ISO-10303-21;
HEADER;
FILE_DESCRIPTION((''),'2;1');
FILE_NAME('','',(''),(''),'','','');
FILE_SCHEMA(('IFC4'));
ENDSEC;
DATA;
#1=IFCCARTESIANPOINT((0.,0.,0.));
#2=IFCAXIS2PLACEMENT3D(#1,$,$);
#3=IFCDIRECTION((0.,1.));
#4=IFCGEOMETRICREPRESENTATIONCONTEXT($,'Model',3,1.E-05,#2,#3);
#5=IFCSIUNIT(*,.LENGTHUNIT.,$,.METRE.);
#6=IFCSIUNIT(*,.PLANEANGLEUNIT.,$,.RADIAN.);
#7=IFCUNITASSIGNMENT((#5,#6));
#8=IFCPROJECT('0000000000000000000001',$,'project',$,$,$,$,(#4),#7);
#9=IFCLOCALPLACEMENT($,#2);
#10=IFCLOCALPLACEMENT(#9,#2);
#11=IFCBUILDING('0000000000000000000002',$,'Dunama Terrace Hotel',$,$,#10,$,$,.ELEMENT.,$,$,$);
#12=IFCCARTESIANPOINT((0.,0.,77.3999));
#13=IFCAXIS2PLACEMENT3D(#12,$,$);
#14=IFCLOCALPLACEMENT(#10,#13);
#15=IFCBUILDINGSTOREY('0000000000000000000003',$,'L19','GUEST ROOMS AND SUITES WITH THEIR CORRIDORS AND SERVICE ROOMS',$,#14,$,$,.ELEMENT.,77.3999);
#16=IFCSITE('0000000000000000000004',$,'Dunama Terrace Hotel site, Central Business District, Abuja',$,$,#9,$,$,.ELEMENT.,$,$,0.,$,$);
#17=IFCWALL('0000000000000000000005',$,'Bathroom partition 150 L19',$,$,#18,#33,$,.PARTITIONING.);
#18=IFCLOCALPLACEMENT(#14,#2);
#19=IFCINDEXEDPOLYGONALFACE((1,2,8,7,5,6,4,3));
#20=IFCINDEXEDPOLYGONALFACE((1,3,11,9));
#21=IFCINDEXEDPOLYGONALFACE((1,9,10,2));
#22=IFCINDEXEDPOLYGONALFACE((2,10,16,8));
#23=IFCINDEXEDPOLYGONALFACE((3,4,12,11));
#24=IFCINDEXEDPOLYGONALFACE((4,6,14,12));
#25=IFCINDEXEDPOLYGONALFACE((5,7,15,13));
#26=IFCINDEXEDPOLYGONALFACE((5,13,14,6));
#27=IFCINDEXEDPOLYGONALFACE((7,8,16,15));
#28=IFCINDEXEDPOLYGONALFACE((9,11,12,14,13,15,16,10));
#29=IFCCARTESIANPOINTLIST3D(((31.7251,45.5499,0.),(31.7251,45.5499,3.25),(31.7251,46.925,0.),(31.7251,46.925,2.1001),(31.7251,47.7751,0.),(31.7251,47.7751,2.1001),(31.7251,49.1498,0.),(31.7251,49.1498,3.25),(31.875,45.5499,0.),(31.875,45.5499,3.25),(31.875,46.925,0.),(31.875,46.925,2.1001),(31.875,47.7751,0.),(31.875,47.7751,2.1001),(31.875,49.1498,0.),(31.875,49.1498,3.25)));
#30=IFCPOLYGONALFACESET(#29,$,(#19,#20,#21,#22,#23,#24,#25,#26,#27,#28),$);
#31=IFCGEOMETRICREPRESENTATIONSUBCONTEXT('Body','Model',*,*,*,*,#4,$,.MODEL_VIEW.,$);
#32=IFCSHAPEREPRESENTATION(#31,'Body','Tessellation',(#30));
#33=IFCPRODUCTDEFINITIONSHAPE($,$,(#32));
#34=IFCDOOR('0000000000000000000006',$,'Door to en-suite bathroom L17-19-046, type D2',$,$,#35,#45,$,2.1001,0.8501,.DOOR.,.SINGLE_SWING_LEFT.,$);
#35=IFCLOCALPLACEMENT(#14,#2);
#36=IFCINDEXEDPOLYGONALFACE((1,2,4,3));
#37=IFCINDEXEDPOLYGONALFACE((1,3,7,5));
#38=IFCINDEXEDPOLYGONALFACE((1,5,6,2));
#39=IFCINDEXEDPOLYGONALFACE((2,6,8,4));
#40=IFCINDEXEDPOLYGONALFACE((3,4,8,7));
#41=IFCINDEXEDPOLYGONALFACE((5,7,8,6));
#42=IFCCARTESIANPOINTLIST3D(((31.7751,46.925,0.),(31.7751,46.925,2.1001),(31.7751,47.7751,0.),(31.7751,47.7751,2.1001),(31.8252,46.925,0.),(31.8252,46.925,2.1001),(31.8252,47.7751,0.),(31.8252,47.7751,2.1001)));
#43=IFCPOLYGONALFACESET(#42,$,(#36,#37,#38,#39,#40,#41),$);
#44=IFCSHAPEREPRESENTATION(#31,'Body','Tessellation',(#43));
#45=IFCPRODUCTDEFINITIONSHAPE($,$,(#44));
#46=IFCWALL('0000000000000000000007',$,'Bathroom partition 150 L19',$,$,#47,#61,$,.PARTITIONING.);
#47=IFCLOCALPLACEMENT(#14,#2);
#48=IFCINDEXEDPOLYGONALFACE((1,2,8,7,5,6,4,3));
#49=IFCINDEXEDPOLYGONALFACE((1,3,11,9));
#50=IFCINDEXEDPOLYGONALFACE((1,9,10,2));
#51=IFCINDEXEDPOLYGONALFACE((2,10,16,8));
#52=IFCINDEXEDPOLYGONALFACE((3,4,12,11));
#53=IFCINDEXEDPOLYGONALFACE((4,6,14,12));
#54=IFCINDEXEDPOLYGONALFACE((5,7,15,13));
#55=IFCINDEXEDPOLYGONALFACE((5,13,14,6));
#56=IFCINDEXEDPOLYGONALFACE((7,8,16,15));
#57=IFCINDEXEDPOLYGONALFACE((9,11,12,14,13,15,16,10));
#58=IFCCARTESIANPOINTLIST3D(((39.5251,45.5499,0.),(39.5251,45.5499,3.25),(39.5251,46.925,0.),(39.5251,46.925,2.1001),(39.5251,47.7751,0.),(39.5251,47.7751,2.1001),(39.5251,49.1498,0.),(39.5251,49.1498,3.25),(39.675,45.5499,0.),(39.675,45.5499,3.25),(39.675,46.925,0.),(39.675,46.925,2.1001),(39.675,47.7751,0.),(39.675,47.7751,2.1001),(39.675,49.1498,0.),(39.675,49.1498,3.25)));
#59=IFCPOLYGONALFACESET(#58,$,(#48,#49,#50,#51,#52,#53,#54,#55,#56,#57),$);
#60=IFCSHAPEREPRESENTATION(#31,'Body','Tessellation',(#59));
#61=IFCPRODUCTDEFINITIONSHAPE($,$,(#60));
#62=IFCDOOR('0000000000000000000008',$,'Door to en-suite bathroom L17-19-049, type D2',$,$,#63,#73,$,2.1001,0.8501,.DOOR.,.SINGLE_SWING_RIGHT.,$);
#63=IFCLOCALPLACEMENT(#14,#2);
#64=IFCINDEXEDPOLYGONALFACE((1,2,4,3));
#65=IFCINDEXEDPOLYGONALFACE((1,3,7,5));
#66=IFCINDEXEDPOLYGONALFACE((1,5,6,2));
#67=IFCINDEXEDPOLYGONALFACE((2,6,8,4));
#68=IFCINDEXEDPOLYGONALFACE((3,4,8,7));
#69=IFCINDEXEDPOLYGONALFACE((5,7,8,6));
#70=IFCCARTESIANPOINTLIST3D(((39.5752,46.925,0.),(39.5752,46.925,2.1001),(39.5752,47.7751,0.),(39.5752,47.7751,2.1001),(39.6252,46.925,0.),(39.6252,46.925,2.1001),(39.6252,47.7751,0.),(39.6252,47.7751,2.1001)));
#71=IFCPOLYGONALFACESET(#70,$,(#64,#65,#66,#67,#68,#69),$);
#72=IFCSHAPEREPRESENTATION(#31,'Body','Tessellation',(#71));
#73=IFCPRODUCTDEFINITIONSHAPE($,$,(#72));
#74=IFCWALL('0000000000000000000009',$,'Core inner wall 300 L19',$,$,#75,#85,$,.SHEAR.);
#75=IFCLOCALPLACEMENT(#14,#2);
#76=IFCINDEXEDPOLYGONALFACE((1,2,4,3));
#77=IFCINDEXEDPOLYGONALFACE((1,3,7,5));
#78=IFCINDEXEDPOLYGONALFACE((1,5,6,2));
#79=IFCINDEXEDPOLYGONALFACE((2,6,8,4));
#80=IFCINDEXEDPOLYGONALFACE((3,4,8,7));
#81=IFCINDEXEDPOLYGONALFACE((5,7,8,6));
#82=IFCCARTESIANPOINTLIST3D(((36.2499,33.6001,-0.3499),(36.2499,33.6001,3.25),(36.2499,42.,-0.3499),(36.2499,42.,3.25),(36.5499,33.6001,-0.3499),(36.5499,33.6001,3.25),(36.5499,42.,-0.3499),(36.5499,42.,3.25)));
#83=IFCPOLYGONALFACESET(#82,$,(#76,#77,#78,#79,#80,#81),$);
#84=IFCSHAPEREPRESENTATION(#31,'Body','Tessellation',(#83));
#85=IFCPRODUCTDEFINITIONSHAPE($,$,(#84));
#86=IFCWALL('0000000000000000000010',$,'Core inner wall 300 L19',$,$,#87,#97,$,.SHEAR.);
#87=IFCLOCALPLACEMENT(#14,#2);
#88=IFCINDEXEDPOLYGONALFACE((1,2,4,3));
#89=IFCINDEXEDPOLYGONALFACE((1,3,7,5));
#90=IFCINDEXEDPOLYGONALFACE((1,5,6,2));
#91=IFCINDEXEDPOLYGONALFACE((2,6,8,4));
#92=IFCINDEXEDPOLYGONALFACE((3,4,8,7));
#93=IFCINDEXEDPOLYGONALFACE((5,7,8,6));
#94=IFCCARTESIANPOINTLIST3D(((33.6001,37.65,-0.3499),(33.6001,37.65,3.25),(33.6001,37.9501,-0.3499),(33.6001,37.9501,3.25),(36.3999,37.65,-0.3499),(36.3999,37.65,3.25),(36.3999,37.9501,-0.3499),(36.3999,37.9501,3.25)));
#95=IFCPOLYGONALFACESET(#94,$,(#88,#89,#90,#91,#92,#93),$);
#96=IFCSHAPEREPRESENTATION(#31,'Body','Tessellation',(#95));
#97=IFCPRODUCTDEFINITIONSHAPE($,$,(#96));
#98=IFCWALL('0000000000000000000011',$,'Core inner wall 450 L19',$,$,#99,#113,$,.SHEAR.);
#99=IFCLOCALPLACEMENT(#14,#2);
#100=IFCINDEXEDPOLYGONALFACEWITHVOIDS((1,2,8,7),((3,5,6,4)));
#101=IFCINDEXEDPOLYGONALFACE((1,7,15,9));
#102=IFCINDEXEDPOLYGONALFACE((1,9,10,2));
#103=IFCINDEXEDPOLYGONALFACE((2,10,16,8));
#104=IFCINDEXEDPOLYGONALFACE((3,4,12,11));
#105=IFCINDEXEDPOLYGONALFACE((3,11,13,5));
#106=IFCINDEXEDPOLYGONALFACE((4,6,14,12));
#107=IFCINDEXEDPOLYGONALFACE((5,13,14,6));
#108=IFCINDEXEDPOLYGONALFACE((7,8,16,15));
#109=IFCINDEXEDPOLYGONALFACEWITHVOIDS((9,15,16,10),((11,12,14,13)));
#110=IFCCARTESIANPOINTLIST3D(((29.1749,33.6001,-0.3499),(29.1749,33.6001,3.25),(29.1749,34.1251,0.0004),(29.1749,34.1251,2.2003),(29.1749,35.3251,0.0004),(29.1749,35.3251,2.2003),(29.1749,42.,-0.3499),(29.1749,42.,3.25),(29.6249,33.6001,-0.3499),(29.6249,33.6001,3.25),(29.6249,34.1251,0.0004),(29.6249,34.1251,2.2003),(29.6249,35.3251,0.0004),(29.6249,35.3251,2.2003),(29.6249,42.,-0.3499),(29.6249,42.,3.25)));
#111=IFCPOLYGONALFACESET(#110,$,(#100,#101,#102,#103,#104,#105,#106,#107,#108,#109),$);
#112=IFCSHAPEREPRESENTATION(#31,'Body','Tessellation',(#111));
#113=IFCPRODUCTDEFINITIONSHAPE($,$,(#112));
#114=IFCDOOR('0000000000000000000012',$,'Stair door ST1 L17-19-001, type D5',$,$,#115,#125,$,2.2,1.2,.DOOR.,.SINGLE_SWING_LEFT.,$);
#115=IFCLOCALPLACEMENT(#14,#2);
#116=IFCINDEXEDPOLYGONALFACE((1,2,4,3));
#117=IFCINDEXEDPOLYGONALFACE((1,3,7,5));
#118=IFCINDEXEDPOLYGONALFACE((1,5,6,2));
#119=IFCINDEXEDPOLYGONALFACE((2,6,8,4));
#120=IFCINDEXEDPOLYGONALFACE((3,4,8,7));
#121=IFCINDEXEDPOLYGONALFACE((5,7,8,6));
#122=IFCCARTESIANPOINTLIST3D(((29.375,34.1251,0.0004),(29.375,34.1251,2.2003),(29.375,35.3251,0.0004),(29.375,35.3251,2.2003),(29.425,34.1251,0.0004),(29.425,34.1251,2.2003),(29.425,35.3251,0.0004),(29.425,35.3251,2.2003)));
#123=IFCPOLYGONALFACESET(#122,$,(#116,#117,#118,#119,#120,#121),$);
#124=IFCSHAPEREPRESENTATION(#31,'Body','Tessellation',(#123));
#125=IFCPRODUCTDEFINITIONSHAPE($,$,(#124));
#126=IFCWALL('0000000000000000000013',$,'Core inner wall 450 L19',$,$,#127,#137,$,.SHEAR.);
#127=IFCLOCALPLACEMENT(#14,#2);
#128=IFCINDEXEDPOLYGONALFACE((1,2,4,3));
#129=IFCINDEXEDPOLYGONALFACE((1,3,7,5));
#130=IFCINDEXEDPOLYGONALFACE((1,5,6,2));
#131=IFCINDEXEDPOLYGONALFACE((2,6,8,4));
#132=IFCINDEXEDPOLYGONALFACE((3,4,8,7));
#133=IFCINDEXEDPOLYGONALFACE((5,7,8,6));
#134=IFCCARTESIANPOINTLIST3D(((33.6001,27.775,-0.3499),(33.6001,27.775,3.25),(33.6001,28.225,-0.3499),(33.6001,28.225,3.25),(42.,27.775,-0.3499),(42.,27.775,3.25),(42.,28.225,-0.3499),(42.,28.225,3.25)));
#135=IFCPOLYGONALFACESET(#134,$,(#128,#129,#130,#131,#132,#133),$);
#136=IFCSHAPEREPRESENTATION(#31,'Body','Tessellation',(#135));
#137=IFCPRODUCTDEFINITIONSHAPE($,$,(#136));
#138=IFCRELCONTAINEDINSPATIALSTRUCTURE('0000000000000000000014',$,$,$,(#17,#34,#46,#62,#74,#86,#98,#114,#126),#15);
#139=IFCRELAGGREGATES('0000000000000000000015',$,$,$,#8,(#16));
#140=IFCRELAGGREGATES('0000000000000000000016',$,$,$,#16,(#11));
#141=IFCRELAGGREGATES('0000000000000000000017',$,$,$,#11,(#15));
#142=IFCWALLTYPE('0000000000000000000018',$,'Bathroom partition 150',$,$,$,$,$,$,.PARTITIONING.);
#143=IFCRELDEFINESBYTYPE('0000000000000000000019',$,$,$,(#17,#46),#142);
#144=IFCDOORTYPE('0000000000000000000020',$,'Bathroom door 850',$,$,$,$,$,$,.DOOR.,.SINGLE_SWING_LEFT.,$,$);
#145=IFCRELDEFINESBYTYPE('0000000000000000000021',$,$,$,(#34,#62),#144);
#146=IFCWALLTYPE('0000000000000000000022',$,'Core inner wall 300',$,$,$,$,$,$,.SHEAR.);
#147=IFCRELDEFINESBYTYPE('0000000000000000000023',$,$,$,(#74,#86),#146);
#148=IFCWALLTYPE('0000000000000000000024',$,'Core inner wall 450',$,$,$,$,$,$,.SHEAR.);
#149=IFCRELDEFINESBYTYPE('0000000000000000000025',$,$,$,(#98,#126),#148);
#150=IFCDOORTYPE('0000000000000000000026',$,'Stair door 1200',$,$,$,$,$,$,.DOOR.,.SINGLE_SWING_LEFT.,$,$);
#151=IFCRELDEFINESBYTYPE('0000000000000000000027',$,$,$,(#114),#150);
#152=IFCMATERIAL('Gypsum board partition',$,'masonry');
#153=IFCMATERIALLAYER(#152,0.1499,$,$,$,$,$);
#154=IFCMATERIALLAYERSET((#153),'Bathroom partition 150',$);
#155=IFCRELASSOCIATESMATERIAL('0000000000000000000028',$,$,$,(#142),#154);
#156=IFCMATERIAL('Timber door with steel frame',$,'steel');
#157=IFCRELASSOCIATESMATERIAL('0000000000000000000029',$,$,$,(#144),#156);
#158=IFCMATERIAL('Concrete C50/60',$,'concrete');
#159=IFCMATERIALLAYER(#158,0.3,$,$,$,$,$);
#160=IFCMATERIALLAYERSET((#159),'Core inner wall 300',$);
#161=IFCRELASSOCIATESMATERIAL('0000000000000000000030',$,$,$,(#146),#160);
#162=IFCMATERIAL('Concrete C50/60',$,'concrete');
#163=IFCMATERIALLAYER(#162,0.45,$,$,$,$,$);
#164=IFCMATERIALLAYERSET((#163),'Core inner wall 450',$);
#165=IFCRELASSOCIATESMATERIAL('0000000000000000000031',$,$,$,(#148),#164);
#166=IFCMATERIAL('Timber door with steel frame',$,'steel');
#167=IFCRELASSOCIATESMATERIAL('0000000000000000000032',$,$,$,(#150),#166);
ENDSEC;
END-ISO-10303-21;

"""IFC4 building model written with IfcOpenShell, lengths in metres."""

from ifc_helpers import new_model, si_unit, direction, frame, frame_2d, origin, place, context, subcontext, project, spatial, rectangle, extrude, material, layer, layer_set, type_object, element, fill, save


model = new_model("IFC4")

# Units and contexts
model_context = context("Model", 3, precision=1e-05, world=origin(), true_north=direction((0.0, 1.0)))
body_context = subcontext(model_context, "Body", "Model", "MODEL_VIEW")
ifc_project = project(units=[si_unit("LENGTHUNIT", "METRE"), si_unit("PLANEANGLEUNIT", "RADIAN")], contexts=[model_context])

# Site, building, storey
site_placement = place(None, origin())
site = spatial("IfcSite", under=ifc_project, at=site_placement, Name="Dunama Terrace Hotel site, Central Business District, Abuja", CompositionType="ELEMENT", RefElevation=0.0)
building_placement = place(site_placement, origin())
building = spatial("IfcBuilding", under=site, at=building_placement, Name="Dunama Terrace Hotel", CompositionType="ELEMENT")
storey_placement = place(building_placement, frame((0.0, 0.0, 77.3999)))
storey = spatial("IfcBuildingStorey", under=building, at=storey_placement, Name="L19", Description="GUEST ROOMS AND SUITES WITH THEIR CORRIDORS AND SERVICE ROOMS", CompositionType="ELEMENT", Elevation=77.3999)

# Walls, openings, doors
ifc_material_1 = material(Name="Gypsum board partition", Category="masonry")
ifc_layer_1 = layer(ifc_material_1, 0.1499)
ifc_layer_set_1 = layer_set([ifc_layer_1], Name="Bathroom partition 150")
wall_type_1 = type_object("IfcWallType", Name="Bathroom partition 150", PredefinedType="PARTITIONING", material=ifc_layer_set_1)
wall_1_placement = place(storey_placement, frame((31.8, 45.55, 0.0), z_axis=(0.0, 0.0, 1.0), x_axis=(0.0, 1.0, 0.0)))
wall_1 = element("IfcWall", 1, at=wall_1_placement, inside=storey, type_object=wall_type_1, Name="Bathroom partition 150 L19", PredefinedType="PARTITIONING", context=body_context, shape_type="SweptSolid", body=[
    extrude(rectangle(XDim=3.5999, YDim=0.1499, at=frame_2d((1.7998, 0.0))), origin(), (0.0, 0.0, 1.0), 3.25),
])
opening_1_placement = place(wall_1_placement, frame((1.375, 0.0, 0.0)))
opening_1 = element("IfcOpeningElement", 2, at=opening_1_placement, cuts=wall_1, PredefinedType="OPENING", context=body_context, shape_type="SweptSolid", body=[
    extrude(rectangle(XDim=0.8501, YDim=2.1001, at=frame_2d((0.425, 1.05))), frame((0.0, 0.085, 0.0), z_axis=(0.0, -1.0, 0.0), x_axis=(1.0, 0.0, 0.0)), (0.0, 0.0, 1.0), 0.1699),
])
ifc_material_2 = material(Name="Timber door with steel frame", Category="steel")
door_type_1 = type_object("IfcDoorType", Name="Bathroom door 850", OperationType="SINGLE_SWING_LEFT", PredefinedType="DOOR", material=ifc_material_2)
door_1_placement = place(opening_1_placement, origin())
door_1 = element("IfcDoor", 3, at=door_1_placement, inside=storey, type_object=door_type_1, Name="Door to en-suite bathroom L17-19-046, type D2", OperationType="SINGLE_SWING_LEFT", OverallHeight=2.1001, OverallWidth=0.8501, PredefinedType="DOOR", context=body_context, shape_type="SweptSolid", body=[
    extrude(rectangle(XDim=0.8501, YDim=2.1001, at=frame_2d((0.425, 1.05))), frame((0.0, 0.0249, 0.0), z_axis=(0.0, -1.0, 0.0), x_axis=(1.0, 0.0, 0.0)), (0.0, 0.0, 1.0), 0.05),
])
fill(opening_1, door_1)
wall_2_placement = place(storey_placement, frame((39.6001, 45.55, 0.0), z_axis=(0.0, 0.0, 1.0), x_axis=(0.0, 1.0, 0.0)))
wall_2 = element("IfcWall", 4, at=wall_2_placement, inside=storey, type_object=wall_type_1, Name="Bathroom partition 150 L19", PredefinedType="PARTITIONING", context=body_context, shape_type="SweptSolid", body=[
    extrude(rectangle(XDim=3.5999, YDim=0.1499, at=frame_2d((1.7998, 0.0))), origin(), (0.0, 0.0, 1.0), 3.25),
])
opening_2_placement = place(wall_2_placement, frame((1.375, 0.0, 0.0)))
opening_2 = element("IfcOpeningElement", 5, at=opening_2_placement, cuts=wall_2, PredefinedType="OPENING", context=body_context, shape_type="SweptSolid", body=[
    extrude(rectangle(XDim=0.8501, YDim=2.1001, at=frame_2d((0.425, 1.05))), frame((0.0, 0.085, 0.0), z_axis=(0.0, -1.0, 0.0), x_axis=(1.0, 0.0, 0.0)), (0.0, 0.0, 1.0), 0.1699),
])
door_2_placement = place(opening_2_placement, frame((0.8501, 0.0, 0.0), z_axis=(0.0, 0.0, 1.0), x_axis=(-1.0, 0.0, 0.0)))
door_2 = element("IfcDoor", 6, at=door_2_placement, inside=storey, type_object=door_type_1, Name="Door to en-suite bathroom L17-19-049, type D2", OperationType="SINGLE_SWING_RIGHT", OverallHeight=2.1001, OverallWidth=0.8501, PredefinedType="DOOR", context=body_context, shape_type="SweptSolid", body=[
    extrude(rectangle(XDim=0.8501, YDim=2.1001, at=frame_2d((0.425, 1.05))), frame((0.0, 0.0251, 0.0), z_axis=(0.0, -1.0, 0.0), x_axis=(1.0, 0.0, 0.0)), (0.0, 0.0, 1.0), 0.05),
])
fill(opening_2, door_2)

# Walls
ifc_material_3 = material(Name="Concrete C50/60", Category="concrete")
ifc_layer_2 = layer(ifc_material_3, 0.3)
ifc_layer_set_2 = layer_set([ifc_layer_2], Name="Core inner wall 300")
wall_type_2 = type_object("IfcWallType", Name="Core inner wall 300", PredefinedType="SHEAR", material=ifc_layer_set_2)
wall_3_placement = place(storey_placement, frame((36.3999, 33.6001, -0.3499), z_axis=(0.0, 0.0, 1.0), x_axis=(0.0, 1.0, 0.0)))
element("IfcWall", 7, at=wall_3_placement, inside=storey, type_object=wall_type_2, Name="Core inner wall 300 L19", PredefinedType="SHEAR", context=body_context, shape_type="SweptSolid", body=[
    extrude(rectangle(XDim=8.3999, YDim=0.3, at=frame_2d((4.2, 0.0))), origin(), (0.0, 0.0, 1.0), 3.5999),
])
wall_4_placement = place(storey_placement, frame((33.6001, 37.8, -0.3499), z_axis=(0.0, 0.0, 1.0), x_axis=(1.0, 0.0, 0.0)))
element("IfcWall", 8, at=wall_4_placement, inside=storey, type_object=wall_type_2, Name="Core inner wall 300 L19", PredefinedType="SHEAR", context=body_context, shape_type="SweptSolid", body=[
    extrude(rectangle(XDim=2.7998, YDim=0.3, at=frame_2d((1.3999, 0.0))), origin(), (0.0, 0.0, 1.0), 3.5999),
])

# Wall, opening, door
ifc_material_4 = material(Name="Concrete C50/60", Category="concrete")
ifc_layer_3 = layer(ifc_material_4, 0.45)
ifc_layer_set_3 = layer_set([ifc_layer_3], Name="Core inner wall 450")
wall_type_3 = type_object("IfcWallType", Name="Core inner wall 450", PredefinedType="SHEAR", material=ifc_layer_set_3)
wall_5_placement = place(storey_placement, frame((29.3999, 33.6001, -0.3499), z_axis=(0.0, 0.0, 1.0), x_axis=(0.0, 1.0, 0.0)))
wall_5 = element("IfcWall", 9, at=wall_5_placement, inside=storey, type_object=wall_type_3, Name="Core inner wall 450 L19", PredefinedType="SHEAR", context=body_context, shape_type="SweptSolid", body=[
    extrude(rectangle(XDim=8.3999, YDim=0.45, at=frame_2d((4.2, 0.0))), origin(), (0.0, 0.0, 1.0), 3.5999),
])
opening_3_placement = place(wall_5_placement, frame((0.5249, 0.0, 0.3501)))
opening_3 = element("IfcOpeningElement", 10, at=opening_3_placement, cuts=wall_5, PredefinedType="OPENING", context=body_context, shape_type="SweptSolid", body=[
    extrude(rectangle(XDim=1.2, YDim=2.2, at=frame_2d((0.6001, 1.1001))), frame((0.0, 0.2349, 0.0), z_axis=(0.0, -1.0, 0.0), x_axis=(1.0, 0.0, 0.0)), (0.0, 0.0, 1.0), 0.47),
])
ifc_material_5 = material(Name="Timber door with steel frame", Category="steel")
door_type_2 = type_object("IfcDoorType", Name="Stair door 1200", OperationType="SINGLE_SWING_LEFT", PredefinedType="DOOR", material=ifc_material_5)
door_3_placement = place(opening_3_placement, origin())
door_3 = element("IfcDoor", 11, at=door_3_placement, inside=storey, type_object=door_type_2, Name="Stair door ST1 L17-19-001, type D5", OperationType="SINGLE_SWING_LEFT", OverallHeight=2.2, OverallWidth=1.2, PredefinedType="DOOR", context=body_context, shape_type="SweptSolid", body=[
    extrude(rectangle(XDim=1.2, YDim=2.2, at=frame_2d((0.6001, 1.1001))), frame((0.0, 0.0249, 0.0), z_axis=(0.0, -1.0, 0.0), x_axis=(1.0, 0.0, 0.0)), (0.0, 0.0, 1.0), 0.05),
])
fill(opening_3, door_3)

# Wall
wall_6_placement = place(storey_placement, frame((33.6001, 28.0, -0.3499), z_axis=(0.0, 0.0, 1.0), x_axis=(1.0, 0.0, 0.0)))
element("IfcWall", 12, at=wall_6_placement, inside=storey, type_object=wall_type_3, Name="Core inner wall 450 L19", PredefinedType="SHEAR", context=body_context, shape_type="SweptSolid", body=[
    extrude(rectangle(XDim=8.3999, YDim=0.45, at=frame_2d((4.2, 0.0))), origin(), (0.0, 0.0, 1.0), 3.5999),
])

save(model, "model.ifc")
